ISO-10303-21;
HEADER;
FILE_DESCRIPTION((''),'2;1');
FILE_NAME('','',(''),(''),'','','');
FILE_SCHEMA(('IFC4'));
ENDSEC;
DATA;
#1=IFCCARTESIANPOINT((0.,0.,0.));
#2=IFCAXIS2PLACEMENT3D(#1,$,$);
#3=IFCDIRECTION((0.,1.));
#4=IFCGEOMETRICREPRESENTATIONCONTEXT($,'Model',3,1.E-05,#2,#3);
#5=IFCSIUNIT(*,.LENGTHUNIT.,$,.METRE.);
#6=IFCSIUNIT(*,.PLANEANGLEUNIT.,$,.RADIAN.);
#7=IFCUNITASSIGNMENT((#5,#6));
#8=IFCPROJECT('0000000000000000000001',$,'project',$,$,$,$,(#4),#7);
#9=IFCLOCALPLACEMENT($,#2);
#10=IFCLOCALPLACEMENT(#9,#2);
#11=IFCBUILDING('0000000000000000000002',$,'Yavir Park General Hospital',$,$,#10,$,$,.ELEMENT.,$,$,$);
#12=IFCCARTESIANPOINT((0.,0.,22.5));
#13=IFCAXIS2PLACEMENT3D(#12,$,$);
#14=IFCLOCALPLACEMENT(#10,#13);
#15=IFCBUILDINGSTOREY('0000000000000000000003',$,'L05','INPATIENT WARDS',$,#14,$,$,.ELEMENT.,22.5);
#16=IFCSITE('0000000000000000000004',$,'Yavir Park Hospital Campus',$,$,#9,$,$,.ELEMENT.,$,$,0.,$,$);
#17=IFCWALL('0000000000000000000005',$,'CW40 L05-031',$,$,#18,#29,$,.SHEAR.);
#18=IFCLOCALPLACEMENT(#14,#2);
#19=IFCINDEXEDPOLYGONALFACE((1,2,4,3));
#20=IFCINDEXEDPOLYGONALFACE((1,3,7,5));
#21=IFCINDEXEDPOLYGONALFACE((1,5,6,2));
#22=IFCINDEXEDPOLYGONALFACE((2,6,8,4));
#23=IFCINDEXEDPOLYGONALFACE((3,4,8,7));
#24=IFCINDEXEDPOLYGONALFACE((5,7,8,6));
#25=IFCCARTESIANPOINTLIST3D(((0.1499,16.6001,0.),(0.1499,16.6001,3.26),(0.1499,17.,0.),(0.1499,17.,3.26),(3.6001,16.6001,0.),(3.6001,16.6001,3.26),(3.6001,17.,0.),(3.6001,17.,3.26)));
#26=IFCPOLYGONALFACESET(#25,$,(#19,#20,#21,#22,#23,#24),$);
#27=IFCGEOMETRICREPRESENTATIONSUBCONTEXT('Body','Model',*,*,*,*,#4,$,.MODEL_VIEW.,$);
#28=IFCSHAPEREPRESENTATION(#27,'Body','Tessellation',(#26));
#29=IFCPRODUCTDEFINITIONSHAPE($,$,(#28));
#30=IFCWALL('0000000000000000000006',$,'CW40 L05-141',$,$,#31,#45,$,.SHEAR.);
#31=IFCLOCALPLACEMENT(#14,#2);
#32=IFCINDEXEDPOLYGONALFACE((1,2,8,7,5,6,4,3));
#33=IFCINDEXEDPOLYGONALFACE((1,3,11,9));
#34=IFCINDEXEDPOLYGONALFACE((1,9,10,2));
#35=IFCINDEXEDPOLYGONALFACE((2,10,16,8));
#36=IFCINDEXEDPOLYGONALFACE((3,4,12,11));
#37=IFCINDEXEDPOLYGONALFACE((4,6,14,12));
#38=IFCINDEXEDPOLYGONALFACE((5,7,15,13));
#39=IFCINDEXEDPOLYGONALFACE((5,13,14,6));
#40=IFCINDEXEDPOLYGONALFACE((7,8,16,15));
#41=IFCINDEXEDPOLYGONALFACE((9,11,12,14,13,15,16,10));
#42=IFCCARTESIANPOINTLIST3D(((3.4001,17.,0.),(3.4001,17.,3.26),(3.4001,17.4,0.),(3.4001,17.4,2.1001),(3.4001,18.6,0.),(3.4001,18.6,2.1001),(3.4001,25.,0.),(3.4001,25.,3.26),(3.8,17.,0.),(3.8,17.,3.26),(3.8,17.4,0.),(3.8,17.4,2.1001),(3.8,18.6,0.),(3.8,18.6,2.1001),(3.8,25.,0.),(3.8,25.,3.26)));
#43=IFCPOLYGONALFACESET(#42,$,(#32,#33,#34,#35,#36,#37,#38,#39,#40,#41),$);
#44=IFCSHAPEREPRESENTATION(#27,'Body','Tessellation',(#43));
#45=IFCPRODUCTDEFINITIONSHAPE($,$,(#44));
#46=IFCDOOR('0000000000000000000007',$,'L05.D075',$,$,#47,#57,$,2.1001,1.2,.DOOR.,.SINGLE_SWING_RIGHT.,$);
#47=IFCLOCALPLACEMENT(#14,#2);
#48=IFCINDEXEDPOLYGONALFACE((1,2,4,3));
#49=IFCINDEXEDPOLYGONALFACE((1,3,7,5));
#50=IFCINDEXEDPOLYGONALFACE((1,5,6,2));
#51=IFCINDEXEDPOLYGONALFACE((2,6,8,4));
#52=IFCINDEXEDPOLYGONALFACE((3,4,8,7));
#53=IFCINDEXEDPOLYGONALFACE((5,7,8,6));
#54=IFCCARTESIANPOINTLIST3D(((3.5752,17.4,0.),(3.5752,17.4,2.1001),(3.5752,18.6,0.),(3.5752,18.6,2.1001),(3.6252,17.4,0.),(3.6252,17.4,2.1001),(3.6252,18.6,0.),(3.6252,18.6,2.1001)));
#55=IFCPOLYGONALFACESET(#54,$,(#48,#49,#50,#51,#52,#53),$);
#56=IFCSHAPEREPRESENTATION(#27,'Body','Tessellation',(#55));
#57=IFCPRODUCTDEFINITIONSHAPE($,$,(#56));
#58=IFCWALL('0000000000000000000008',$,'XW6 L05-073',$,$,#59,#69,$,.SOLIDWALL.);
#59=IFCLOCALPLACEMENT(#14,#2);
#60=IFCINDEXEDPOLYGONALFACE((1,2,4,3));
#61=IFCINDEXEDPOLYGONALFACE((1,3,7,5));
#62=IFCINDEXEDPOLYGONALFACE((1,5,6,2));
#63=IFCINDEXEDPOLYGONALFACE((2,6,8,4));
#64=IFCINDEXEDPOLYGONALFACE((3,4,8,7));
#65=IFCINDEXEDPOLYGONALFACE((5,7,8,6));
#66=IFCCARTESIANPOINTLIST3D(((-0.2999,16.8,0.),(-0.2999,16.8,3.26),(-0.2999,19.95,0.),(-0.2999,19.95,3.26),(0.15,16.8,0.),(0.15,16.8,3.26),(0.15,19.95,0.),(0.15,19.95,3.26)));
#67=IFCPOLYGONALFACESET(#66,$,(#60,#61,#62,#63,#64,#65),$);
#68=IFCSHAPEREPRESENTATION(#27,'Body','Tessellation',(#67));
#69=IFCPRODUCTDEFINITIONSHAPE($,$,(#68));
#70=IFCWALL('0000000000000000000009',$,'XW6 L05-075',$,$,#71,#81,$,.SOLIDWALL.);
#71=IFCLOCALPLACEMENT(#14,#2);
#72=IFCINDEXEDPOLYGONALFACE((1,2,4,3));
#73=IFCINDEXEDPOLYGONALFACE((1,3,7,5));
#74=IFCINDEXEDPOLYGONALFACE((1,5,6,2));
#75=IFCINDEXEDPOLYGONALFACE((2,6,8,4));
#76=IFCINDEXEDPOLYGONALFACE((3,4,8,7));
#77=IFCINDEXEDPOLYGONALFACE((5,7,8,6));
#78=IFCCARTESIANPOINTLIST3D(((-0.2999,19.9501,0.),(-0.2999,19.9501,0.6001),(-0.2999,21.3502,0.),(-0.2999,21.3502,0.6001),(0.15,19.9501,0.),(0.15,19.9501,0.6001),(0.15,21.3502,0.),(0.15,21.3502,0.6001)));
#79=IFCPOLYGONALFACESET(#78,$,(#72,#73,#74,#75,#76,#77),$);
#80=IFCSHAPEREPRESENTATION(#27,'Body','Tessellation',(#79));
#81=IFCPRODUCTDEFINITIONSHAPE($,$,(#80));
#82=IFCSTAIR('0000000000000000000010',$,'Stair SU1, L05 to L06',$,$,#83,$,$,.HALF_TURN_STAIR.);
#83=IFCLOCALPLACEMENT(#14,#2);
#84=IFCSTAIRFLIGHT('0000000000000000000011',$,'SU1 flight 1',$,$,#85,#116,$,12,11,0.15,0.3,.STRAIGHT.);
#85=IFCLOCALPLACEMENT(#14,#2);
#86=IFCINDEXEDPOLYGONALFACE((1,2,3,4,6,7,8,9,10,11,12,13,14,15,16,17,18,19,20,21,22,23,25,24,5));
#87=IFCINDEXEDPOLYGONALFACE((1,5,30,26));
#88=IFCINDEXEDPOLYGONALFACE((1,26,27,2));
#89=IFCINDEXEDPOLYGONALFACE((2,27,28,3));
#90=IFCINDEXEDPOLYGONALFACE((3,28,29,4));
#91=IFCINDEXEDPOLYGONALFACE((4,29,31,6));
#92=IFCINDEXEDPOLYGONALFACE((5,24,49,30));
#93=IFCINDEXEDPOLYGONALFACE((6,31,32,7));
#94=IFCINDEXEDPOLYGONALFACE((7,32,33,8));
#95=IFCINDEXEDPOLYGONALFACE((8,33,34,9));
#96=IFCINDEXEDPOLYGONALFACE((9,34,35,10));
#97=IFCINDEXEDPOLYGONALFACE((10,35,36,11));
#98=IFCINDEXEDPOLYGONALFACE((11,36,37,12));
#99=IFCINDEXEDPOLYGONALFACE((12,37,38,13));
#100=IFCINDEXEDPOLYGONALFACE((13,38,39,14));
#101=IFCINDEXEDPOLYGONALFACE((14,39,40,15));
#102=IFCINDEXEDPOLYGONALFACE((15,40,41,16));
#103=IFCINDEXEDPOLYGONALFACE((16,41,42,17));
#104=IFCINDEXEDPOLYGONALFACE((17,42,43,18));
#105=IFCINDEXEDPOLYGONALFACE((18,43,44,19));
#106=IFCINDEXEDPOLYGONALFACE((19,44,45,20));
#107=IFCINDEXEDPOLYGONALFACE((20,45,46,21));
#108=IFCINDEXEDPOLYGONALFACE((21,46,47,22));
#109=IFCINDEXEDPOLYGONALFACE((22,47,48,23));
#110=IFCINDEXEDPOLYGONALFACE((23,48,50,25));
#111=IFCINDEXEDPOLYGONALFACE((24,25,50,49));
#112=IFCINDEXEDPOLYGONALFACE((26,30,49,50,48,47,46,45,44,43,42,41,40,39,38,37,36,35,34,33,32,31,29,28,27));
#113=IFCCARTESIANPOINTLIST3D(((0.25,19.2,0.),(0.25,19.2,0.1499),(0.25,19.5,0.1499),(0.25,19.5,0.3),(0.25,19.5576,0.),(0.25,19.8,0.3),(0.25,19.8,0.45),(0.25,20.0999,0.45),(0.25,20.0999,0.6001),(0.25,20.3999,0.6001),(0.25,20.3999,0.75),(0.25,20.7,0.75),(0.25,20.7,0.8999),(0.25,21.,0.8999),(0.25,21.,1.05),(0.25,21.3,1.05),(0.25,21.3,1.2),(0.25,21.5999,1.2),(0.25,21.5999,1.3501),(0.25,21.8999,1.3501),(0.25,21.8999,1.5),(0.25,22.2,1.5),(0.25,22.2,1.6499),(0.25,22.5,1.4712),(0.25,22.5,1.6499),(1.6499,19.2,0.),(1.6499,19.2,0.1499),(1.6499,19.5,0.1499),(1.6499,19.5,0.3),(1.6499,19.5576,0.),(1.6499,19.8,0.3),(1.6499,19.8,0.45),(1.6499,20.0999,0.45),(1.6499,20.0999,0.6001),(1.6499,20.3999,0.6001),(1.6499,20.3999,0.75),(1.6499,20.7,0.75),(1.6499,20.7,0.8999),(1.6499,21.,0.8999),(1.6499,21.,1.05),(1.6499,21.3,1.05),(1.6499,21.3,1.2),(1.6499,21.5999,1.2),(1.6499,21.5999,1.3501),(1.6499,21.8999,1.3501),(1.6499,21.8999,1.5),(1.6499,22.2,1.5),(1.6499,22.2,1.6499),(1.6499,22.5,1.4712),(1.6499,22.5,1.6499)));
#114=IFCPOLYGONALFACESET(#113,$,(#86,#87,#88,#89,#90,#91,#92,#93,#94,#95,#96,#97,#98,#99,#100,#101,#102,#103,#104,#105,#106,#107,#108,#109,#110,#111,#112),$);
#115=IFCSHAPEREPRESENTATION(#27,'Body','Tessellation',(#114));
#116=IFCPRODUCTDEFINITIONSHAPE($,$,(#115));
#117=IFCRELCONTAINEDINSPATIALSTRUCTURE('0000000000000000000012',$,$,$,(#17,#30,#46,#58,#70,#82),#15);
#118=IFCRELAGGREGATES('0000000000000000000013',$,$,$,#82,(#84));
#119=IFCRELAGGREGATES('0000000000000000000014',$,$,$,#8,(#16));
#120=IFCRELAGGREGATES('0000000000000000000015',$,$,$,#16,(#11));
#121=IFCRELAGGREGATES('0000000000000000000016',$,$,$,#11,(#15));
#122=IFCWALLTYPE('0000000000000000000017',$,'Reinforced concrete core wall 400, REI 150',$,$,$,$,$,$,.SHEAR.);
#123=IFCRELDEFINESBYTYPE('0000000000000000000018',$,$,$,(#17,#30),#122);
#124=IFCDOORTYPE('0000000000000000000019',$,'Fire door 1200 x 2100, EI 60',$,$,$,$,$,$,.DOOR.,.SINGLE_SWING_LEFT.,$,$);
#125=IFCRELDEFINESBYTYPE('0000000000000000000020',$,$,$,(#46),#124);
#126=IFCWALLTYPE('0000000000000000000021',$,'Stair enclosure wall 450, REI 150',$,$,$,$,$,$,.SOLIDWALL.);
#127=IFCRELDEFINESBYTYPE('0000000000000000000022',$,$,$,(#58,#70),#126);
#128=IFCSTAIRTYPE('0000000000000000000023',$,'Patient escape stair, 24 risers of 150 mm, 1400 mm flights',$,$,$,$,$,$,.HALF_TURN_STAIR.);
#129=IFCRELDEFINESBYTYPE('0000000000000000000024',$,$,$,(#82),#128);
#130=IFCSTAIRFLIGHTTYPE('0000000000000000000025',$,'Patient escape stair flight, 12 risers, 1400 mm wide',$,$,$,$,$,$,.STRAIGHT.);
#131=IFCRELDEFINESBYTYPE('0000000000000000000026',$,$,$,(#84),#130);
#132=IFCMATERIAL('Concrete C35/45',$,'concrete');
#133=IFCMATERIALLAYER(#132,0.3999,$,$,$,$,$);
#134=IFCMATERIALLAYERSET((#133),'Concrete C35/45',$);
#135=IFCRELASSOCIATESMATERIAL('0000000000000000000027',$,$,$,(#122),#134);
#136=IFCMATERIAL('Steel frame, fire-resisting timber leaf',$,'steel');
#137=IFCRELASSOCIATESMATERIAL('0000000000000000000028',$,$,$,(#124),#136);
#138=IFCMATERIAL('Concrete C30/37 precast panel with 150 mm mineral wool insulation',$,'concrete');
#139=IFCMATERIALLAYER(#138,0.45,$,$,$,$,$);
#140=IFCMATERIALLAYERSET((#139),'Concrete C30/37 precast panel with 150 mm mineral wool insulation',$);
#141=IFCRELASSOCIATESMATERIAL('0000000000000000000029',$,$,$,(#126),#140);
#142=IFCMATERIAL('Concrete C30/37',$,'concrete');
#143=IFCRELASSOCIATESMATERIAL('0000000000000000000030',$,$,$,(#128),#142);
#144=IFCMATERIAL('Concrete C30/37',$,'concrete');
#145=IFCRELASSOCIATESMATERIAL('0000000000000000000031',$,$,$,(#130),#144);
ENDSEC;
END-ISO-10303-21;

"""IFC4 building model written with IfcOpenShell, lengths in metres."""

from ifc_helpers import new_model, si_unit, direction, frame, frame_2d, origin, place, context, subcontext, project, spatial, polyline, rectangle, outline, extrude, material, layer, layer_set, type_object, element, fill, aggregate, save


model = new_model("IFC4")

# Units and contexts
model_context = context("Model", 3, precision=1e-05, world=origin(), true_north=direction((0.0, 1.0)))
body_context = subcontext(model_context, "Body", "Model", "MODEL_VIEW")
ifc_project = project(units=[si_unit("LENGTHUNIT", "METRE"), si_unit("PLANEANGLEUNIT", "RADIAN")], contexts=[model_context])

# Site, building, storey
site_placement = place(None, origin())
site = spatial("IfcSite", under=ifc_project, at=site_placement, Name="Yavir Park Hospital Campus", CompositionType="ELEMENT", RefElevation=0.0)
building_placement = place(site_placement, origin())
building = spatial("IfcBuilding", under=site, at=building_placement, Name="Yavir Park General Hospital", CompositionType="ELEMENT")
storey_placement = place(building_placement, frame((0.0, 0.0, 22.5)))
storey = spatial("IfcBuildingStorey", under=building, at=storey_placement, Name="L05", Description="INPATIENT WARDS", CompositionType="ELEMENT", Elevation=22.5)

# Wall
ifc_material_1 = material(Name="Concrete C35/45", Category="concrete")
ifc_layer_1 = layer(ifc_material_1, 0.3999)
ifc_layer_set_1 = layer_set([ifc_layer_1], Name="Concrete C35/45")
wall_type_1 = type_object("IfcWallType", Name="Reinforced concrete core wall 400, REI 150", PredefinedType="SHEAR", material=ifc_layer_set_1)
wall_1_placement = place(storey_placement, frame((0.1499, 16.8, 0.0), z_axis=(0.0, 0.0, 1.0), x_axis=(1.0, 0.0, 0.0)))
element("IfcWall", 1, at=wall_1_placement, inside=storey, type_object=wall_type_1, Name="CW40 L05-031", PredefinedType="SHEAR", context=body_context, shape_type="SweptSolid", body=[
    extrude(rectangle(XDim=3.4502, YDim=0.3999, at=frame_2d((1.7251, 0.0))), origin(), (0.0, 0.0, 1.0), 3.26),
])

# Wall, opening, door
wall_2_placement = place(storey_placement, frame((3.6001, 17.0, 0.0), z_axis=(0.0, 0.0, 1.0), x_axis=(0.0, 1.0, 0.0)))
wall_2 = element("IfcWall", 2, at=wall_2_placement, inside=storey, type_object=wall_type_1, Name="CW40 L05-141", PredefinedType="SHEAR", context=body_context, shape_type="SweptSolid", body=[
    extrude(rectangle(XDim=8.0, YDim=0.3999, at=frame_2d((4.0, 0.0))), origin(), (0.0, 0.0, 1.0), 3.26),
])
opening_1_placement = place(wall_2_placement, frame((0.3999, 0.0, 0.0)))
opening_1 = element("IfcOpeningElement", 3, at=opening_1_placement, cuts=wall_2, PredefinedType="OPENING", context=body_context, shape_type="SweptSolid", body=[
    extrude(rectangle(XDim=1.2, YDim=2.1001, at=frame_2d((0.6001, 1.05))), frame((0.0, 0.21, 0.0), z_axis=(0.0, -1.0, 0.0), x_axis=(1.0, 0.0, 0.0)), (0.0, 0.0, 1.0), 0.4199),
])
ifc_material_2 = material(Name="Steel frame, fire-resisting timber leaf", Category="steel")
door_type_1 = type_object("IfcDoorType", Name="Fire door 1200 x 2100, EI 60", OperationType="SINGLE_SWING_LEFT", PredefinedType="DOOR", material=ifc_material_2)
door_1_placement = place(opening_1_placement, origin())
door_1 = element("IfcDoor", 4, at=door_1_placement, inside=storey, type_object=door_type_1, Name="L05.D075", OperationType="SINGLE_SWING_RIGHT", OverallHeight=2.1001, OverallWidth=1.2, PredefinedType="DOOR", context=body_context, shape_type="SweptSolid", body=[
    extrude(rectangle(XDim=1.2, YDim=2.1001, at=frame_2d((0.6001, 1.05))), frame((0.0, 0.0249, 0.0), z_axis=(0.0, -1.0, 0.0), x_axis=(1.0, 0.0, 0.0)), (0.0, 0.0, 1.0), 0.05),
])
fill(opening_1, door_1)

# Walls
ifc_material_3 = material(Name="Concrete C30/37 precast panel with 150 mm mineral wool insulation", Category="concrete")
ifc_layer_2 = layer(ifc_material_3, 0.45)
ifc_layer_set_2 = layer_set([ifc_layer_2], Name="Concrete C30/37 precast panel with 150 mm mineral wool insulation")
wall_type_2 = type_object("IfcWallType", Name="Stair enclosure wall 450, REI 150", PredefinedType="SOLIDWALL", material=ifc_layer_set_2)
wall_3_placement = place(storey_placement, frame((-0.075, 16.8, 0.0), z_axis=(0.0, 0.0, 1.0), x_axis=(0.0, 1.0, 0.0)))
element("IfcWall", 5, at=wall_3_placement, inside=storey, type_object=wall_type_2, Name="XW6 L05-073", PredefinedType="SOLIDWALL", context=body_context, shape_type="SweptSolid", body=[
    extrude(rectangle(XDim=3.1499, YDim=0.45, at=frame_2d((1.575, 0.0))), origin(), (0.0, 0.0, 1.0), 3.26),
])
wall_4_placement = place(storey_placement, frame((-0.075, 19.95, 0.0), z_axis=(0.0, 0.0, 1.0), x_axis=(0.0, 1.0, 0.0)))
element("IfcWall", 6, at=wall_4_placement, inside=storey, type_object=wall_type_2, Name="XW6 L05-075", PredefinedType="SOLIDWALL", context=body_context, shape_type="SweptSolid", body=[
    extrude(rectangle(XDim=1.4001, YDim=0.45, at=frame_2d((0.7002, 0.0))), origin(), (0.0, 0.0, 1.0), 0.6001),
])

# Stair, stair flight
ifc_material_4 = material(Name="Concrete C30/37", Category="concrete")
stair_type = type_object("IfcStairType", Name="Patient escape stair, 24 risers of 150 mm, 1400 mm flights", PredefinedType="HALF_TURN_STAIR", material=ifc_material_4)
stair_placement = place(storey_placement, origin())
stair = element("IfcStair", 7, at=stair_placement, inside=storey, type_object=stair_type, Name="Stair SU1, L05 to L06", PredefinedType="HALF_TURN_STAIR")
ifc_material_5 = material(Name="Concrete C30/37", Category="concrete")
stair_flight_type = type_object("IfcStairFlightType", Name="Patient escape stair flight, 12 risers, 1400 mm wide", PredefinedType="STRAIGHT", material=ifc_material_5)
stair_flight_placement = place(storey_placement, frame((0.95, 19.2, 0.0), z_axis=(0.0, 0.0, 1.0), x_axis=(0.0, 1.0, 0.0)))
stair_flight = element("IfcStairFlight", 8, at=stair_flight_placement, type_object=stair_flight_type, Name="SU1 flight 1", NumberOfRisers=12, NumberOfTreads=11, PredefinedType="STRAIGHT", RiserHeight=0.15, TreadLength=0.3, context=body_context, shape_type="SweptSolid", body=[
    extrude(outline(polyline([(0.0, 0.0), (0.0, 0.1499), (0.3, 0.1499), (0.3, 0.3), (0.6001, 0.3), (0.6001, 0.45), (0.8999, 0.45), (0.8999, 0.6001), (1.2, 0.6001), (1.2, 0.75), (1.5, 0.75), (1.5, 0.8999), (1.8, 0.8999), (1.8, 1.05), (2.1001, 1.05), (2.1001, 1.2), (2.3999, 1.2), (2.3999, 1.3501), (2.7, 1.3501), (2.7, 1.5), (3.0, 1.5), (3.0, 1.6499), (3.3, 1.6499), (3.3, 1.8), (3.3, 1.4712), (0.3577, 0.0), (0.0, 0.0)])), frame((0.0, 0.7, 0.0), z_axis=(0.0, -1.0, 0.0), x_axis=(1.0, 0.0, 0.0)), (0.0, 0.0, 1.0), 1.3999),
])
aggregate(stair, [stair_flight])

save(model, "model.ifc")
